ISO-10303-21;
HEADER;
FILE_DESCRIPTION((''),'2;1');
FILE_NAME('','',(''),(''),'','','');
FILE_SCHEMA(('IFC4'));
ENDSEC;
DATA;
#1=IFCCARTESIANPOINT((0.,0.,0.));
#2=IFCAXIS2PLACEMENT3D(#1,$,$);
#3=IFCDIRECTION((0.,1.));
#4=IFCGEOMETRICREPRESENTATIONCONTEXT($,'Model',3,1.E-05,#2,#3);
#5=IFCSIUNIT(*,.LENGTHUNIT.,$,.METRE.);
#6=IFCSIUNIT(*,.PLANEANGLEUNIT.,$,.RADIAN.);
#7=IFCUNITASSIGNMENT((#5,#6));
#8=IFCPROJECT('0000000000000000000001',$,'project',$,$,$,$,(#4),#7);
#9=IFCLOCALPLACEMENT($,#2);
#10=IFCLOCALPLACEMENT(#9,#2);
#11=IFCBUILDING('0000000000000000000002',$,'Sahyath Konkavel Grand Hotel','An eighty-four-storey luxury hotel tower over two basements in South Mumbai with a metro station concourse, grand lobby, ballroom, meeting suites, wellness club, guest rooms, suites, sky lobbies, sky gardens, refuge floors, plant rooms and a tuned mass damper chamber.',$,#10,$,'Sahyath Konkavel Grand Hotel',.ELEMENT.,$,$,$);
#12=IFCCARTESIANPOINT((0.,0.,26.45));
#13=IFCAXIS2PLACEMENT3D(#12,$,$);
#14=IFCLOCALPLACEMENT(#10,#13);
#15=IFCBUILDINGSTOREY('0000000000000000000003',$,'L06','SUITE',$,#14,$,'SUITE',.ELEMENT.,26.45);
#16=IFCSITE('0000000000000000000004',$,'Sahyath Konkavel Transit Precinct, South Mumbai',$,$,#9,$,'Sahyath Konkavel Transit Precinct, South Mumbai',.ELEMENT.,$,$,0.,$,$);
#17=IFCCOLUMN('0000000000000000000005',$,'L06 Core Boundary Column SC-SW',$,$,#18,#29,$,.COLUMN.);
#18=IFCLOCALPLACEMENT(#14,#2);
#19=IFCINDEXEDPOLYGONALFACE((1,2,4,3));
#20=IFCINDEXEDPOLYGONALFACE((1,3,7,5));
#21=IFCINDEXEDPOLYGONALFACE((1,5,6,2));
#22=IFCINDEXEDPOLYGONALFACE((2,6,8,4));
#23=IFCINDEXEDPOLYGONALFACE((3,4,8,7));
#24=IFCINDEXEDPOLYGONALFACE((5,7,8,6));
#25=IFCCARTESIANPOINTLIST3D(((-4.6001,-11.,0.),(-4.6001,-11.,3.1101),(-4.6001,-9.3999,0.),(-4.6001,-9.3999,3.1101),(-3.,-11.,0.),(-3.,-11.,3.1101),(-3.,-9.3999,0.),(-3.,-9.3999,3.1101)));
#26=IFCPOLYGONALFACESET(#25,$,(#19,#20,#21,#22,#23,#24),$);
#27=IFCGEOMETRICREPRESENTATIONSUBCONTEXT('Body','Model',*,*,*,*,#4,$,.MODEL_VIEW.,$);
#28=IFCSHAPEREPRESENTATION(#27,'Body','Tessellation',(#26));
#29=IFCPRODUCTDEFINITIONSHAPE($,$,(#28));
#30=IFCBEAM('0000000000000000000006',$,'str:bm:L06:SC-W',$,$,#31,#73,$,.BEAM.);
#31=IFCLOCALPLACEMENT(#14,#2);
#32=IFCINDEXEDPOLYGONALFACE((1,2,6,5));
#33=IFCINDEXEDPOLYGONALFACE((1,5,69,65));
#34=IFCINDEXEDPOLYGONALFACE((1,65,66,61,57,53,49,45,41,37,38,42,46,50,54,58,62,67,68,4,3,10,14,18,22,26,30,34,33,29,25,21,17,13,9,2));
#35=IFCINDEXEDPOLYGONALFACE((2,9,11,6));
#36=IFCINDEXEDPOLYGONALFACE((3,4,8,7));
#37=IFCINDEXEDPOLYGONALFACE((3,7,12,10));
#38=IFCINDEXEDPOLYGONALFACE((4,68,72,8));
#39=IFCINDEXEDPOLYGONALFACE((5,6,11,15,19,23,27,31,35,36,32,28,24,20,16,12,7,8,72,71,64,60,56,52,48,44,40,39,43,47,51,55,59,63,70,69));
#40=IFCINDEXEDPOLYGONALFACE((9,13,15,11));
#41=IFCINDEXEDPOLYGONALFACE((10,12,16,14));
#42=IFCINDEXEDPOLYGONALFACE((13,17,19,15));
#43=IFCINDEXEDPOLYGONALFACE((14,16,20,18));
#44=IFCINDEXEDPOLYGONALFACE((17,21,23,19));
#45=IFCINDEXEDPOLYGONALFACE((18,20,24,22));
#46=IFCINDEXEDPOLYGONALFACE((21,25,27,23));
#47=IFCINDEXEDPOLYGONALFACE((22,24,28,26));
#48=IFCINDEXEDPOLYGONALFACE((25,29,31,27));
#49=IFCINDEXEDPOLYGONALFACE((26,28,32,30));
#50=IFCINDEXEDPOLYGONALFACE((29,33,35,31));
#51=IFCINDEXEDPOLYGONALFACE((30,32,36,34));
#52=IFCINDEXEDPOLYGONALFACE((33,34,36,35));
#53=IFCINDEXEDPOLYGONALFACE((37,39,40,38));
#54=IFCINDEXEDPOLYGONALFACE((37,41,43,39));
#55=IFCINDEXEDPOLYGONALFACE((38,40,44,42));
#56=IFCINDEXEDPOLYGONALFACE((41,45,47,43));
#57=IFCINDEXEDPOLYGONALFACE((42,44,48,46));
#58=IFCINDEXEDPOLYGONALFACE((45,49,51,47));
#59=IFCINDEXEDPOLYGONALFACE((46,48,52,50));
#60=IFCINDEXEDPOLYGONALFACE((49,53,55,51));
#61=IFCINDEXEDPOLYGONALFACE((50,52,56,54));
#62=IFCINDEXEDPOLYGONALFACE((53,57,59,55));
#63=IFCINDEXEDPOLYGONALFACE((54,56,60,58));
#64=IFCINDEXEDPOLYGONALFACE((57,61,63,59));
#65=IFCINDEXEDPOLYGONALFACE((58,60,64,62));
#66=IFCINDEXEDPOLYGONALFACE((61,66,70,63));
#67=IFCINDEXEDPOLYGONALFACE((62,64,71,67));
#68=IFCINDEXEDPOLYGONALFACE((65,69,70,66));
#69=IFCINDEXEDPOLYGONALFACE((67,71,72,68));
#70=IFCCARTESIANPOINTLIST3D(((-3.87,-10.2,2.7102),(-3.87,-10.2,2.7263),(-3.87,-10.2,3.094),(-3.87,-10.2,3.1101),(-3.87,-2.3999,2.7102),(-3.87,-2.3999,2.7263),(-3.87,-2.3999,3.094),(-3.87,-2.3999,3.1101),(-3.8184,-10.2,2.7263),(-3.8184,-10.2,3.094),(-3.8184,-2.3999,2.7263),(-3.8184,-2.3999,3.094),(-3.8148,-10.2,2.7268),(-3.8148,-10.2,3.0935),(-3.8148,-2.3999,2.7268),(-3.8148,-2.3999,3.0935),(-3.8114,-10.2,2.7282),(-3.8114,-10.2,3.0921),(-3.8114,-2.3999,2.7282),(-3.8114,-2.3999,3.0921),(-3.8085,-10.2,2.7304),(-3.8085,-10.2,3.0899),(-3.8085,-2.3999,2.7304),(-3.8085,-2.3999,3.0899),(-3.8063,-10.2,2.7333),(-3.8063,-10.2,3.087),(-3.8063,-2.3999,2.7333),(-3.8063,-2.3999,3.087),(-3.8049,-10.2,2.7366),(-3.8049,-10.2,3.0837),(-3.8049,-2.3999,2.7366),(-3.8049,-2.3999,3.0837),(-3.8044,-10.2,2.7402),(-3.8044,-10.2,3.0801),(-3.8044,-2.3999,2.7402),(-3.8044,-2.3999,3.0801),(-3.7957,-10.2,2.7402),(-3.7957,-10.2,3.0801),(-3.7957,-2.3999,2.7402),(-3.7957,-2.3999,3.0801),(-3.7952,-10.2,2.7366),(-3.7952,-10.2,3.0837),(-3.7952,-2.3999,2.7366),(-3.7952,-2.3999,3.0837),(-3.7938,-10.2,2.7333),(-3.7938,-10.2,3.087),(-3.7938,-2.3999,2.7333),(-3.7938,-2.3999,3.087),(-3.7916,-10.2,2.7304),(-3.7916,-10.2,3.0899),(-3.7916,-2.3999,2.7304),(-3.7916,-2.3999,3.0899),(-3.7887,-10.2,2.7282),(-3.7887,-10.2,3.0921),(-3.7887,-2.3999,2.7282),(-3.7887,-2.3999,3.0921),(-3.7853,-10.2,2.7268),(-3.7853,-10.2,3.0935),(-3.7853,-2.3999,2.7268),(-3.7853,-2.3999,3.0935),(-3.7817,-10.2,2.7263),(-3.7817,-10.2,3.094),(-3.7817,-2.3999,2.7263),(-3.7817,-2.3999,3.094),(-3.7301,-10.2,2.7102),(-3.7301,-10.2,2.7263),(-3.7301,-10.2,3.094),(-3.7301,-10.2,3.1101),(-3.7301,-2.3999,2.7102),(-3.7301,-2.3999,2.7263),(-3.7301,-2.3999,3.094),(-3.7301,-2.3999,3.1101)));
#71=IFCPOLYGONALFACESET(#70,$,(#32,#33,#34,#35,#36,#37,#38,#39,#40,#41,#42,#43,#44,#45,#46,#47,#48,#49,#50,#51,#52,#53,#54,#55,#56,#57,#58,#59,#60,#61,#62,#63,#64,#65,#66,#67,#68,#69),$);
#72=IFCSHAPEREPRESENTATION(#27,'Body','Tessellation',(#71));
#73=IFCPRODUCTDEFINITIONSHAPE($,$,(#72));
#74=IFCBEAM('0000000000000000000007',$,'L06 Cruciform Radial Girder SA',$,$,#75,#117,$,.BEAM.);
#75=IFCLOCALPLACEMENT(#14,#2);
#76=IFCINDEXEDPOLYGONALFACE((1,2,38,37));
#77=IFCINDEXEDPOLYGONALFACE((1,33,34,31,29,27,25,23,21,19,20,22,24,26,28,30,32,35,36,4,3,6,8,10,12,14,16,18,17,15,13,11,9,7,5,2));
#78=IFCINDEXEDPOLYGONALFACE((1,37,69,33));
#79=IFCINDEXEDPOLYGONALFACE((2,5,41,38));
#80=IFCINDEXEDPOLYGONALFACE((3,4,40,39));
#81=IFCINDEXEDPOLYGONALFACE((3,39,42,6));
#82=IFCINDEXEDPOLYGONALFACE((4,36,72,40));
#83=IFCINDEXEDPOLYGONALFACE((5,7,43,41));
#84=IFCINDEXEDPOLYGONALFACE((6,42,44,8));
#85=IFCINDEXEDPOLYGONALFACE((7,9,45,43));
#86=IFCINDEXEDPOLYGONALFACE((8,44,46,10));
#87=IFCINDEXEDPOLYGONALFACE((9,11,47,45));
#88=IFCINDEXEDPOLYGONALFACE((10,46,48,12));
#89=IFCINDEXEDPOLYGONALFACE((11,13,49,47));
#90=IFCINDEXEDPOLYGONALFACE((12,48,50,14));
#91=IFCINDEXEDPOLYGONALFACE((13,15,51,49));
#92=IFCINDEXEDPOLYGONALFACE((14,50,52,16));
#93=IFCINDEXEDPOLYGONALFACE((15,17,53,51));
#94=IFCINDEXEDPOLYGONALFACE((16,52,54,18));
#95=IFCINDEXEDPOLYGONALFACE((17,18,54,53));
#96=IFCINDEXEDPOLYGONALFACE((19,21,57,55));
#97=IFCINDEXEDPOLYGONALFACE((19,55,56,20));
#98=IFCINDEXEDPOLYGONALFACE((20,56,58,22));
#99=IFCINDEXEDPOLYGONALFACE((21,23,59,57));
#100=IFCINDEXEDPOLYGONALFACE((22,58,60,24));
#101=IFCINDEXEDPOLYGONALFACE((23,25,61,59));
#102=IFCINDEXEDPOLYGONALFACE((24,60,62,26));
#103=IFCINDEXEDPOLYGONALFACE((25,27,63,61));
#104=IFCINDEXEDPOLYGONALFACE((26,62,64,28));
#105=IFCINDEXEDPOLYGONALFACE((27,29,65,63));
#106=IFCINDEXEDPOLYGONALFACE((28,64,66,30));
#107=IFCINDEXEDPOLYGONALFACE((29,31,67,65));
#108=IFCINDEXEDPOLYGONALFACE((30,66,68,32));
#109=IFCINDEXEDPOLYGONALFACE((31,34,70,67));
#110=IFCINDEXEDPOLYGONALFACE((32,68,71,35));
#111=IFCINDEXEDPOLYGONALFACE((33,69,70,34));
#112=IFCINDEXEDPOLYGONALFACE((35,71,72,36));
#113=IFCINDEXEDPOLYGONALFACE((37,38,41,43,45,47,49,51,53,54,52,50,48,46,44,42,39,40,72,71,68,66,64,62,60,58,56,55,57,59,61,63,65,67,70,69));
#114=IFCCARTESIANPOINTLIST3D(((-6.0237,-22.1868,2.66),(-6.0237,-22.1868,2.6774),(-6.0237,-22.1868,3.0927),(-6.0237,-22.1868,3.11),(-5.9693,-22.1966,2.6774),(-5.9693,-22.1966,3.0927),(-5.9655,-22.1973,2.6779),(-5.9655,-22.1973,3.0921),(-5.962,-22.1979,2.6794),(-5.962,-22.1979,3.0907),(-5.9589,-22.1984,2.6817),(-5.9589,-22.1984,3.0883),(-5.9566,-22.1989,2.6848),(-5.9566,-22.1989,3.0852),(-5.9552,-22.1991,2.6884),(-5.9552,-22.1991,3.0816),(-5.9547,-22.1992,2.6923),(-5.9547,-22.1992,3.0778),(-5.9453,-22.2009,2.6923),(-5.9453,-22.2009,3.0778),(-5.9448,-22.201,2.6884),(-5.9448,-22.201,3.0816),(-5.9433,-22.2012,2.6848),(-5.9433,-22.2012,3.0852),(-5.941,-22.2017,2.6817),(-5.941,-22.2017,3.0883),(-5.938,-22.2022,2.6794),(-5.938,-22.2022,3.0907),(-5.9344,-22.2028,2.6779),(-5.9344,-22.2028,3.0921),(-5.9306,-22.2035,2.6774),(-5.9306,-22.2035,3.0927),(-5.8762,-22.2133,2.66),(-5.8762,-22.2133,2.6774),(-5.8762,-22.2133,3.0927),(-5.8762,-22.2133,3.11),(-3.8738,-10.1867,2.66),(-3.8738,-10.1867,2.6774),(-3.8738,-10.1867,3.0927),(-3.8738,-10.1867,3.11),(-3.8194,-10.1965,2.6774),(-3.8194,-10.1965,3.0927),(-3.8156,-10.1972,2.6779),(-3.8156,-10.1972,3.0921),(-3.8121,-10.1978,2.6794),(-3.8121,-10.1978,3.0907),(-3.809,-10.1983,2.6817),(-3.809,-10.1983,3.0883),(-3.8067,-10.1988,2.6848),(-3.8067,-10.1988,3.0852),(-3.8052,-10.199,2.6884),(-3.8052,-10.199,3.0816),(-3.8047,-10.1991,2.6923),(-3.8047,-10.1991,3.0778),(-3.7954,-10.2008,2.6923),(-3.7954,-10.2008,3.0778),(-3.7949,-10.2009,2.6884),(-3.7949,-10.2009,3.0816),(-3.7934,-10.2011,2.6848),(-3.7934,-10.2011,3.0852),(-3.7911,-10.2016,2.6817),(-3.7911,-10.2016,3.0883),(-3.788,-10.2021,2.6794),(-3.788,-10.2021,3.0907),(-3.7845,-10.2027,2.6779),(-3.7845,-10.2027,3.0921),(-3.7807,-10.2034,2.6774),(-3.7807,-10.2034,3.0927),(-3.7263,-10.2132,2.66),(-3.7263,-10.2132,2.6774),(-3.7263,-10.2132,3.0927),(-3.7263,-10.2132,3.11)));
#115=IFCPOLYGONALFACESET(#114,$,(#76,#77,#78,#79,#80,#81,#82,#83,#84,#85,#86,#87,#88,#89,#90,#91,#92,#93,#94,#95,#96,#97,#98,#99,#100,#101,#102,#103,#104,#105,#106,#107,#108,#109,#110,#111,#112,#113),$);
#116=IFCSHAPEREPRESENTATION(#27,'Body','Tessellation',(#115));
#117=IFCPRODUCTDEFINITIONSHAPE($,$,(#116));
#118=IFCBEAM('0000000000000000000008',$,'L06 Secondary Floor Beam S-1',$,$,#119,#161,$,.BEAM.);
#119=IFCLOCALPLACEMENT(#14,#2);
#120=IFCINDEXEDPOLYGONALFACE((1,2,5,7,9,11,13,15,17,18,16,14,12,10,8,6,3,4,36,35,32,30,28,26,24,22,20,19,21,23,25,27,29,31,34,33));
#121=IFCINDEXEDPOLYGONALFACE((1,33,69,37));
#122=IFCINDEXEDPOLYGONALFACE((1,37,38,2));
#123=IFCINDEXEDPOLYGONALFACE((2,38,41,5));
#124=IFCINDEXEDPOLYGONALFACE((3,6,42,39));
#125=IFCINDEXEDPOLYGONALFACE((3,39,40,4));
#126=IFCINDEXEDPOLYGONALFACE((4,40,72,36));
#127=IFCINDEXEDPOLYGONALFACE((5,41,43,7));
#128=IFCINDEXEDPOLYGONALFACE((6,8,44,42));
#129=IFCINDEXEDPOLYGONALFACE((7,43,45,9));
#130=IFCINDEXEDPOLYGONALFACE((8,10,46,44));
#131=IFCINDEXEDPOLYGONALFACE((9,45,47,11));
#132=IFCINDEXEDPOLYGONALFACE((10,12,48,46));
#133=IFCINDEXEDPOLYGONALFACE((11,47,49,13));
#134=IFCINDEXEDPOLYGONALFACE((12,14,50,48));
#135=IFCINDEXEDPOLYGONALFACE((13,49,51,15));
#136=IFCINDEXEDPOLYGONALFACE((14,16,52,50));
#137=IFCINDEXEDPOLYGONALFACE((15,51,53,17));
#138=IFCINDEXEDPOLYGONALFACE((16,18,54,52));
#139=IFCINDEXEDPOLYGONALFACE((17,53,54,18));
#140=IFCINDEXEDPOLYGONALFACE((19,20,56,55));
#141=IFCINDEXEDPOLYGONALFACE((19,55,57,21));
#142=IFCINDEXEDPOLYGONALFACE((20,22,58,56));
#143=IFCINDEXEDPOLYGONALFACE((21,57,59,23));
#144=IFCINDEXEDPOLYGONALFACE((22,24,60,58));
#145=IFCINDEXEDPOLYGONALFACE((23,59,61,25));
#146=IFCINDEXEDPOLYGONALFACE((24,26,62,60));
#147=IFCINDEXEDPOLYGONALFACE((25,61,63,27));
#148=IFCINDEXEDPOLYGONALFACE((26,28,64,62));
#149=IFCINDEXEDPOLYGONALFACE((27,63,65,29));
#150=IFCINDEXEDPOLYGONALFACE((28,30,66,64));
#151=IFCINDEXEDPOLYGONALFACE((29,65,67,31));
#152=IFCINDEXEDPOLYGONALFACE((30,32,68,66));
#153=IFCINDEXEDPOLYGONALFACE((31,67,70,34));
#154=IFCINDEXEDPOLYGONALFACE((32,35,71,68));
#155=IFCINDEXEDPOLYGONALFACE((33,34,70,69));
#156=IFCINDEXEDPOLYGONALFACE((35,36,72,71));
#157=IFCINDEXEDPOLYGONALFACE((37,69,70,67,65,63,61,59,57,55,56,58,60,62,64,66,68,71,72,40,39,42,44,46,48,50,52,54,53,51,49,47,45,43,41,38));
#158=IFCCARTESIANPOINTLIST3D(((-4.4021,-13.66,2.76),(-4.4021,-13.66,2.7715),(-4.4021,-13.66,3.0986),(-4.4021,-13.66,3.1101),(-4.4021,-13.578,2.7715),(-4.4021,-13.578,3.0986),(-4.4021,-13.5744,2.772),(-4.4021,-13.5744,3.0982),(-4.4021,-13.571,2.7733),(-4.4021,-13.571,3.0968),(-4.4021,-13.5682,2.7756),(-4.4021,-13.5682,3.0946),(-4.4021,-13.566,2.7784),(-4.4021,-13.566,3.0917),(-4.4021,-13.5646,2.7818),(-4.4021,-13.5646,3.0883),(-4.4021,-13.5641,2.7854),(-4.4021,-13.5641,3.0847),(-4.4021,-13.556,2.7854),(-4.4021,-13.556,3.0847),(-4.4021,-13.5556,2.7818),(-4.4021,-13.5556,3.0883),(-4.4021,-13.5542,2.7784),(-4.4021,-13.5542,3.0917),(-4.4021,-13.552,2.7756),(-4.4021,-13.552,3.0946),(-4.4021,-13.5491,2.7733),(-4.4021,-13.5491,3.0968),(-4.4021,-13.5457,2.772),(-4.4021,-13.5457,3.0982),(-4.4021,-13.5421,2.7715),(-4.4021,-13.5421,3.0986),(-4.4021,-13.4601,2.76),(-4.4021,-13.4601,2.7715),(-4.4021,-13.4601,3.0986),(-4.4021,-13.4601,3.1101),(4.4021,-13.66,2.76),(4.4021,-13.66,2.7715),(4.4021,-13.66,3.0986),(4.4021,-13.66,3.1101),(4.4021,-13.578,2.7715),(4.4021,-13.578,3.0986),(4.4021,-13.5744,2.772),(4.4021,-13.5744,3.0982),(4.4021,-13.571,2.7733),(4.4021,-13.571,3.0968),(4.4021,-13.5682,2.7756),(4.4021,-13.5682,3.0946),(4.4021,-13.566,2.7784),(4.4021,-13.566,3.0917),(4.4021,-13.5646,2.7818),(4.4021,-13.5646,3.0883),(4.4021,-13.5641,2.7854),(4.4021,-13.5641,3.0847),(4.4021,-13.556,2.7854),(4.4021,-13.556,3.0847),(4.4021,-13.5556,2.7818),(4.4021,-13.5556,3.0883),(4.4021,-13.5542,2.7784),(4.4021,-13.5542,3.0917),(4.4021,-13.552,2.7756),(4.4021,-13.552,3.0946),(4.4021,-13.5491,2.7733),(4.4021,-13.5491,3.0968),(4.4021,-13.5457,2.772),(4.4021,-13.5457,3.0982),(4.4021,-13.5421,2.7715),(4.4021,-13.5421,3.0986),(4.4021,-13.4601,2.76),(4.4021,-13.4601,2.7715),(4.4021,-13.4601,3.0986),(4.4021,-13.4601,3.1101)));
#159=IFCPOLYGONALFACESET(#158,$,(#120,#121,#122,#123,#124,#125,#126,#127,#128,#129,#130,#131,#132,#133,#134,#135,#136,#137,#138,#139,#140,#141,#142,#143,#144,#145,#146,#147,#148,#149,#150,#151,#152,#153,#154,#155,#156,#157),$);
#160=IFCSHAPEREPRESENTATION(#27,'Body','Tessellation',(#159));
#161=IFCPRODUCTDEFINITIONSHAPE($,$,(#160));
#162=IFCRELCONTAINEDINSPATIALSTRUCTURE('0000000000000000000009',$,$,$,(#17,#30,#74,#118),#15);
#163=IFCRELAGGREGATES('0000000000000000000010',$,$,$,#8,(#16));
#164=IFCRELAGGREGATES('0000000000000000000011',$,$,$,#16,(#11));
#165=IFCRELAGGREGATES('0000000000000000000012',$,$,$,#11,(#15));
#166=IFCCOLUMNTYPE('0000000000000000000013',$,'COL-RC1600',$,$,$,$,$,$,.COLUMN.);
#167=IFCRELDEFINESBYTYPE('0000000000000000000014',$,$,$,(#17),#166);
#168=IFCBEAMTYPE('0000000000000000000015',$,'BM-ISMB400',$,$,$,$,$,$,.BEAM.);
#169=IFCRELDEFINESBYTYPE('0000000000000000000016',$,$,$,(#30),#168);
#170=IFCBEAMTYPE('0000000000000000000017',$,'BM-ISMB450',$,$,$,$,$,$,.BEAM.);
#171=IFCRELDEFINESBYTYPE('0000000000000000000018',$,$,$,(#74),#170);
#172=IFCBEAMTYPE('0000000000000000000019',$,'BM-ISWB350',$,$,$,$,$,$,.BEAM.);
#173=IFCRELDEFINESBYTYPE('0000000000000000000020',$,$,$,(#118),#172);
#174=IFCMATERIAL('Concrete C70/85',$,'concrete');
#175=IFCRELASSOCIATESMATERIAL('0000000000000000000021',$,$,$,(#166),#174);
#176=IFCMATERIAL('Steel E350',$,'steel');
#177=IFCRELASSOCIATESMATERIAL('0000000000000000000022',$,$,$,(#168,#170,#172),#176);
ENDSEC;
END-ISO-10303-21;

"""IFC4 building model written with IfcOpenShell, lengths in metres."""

from ifc_helpers import new_model, si_unit, direction, frame, origin, origin_2d, place, context, subcontext, project, spatial, rectangle, i_section, extrude, source, transform, mapped, material, material_profile, profile_set, type_object, element, save


model = new_model("IFC4")

# Units and contexts
model_context = context("Model", 3, precision=1e-05, world=origin(), true_north=direction((0.0, 1.0)))
body_context = subcontext(model_context, "Body", "Model", "MODEL_VIEW")
ifc_project = project(units=[si_unit("LENGTHUNIT", "METRE"), si_unit("PLANEANGLEUNIT", "RADIAN")], contexts=[model_context])

# Site, building, storey
site_placement = place(None, origin())
site = spatial("IfcSite", under=ifc_project, at=site_placement, Name="Sahyath Konkavel Transit Precinct, South Mumbai", LongName="Sahyath Konkavel Transit Precinct, South Mumbai", CompositionType="ELEMENT", RefElevation=0.0)
building_placement = place(site_placement, origin())
building = spatial("IfcBuilding", under=site, at=building_placement, Name="Sahyath Konkavel Grand Hotel", Description="An eighty-four-storey luxury hotel tower over two basements in South Mumbai with a metro station concourse, grand lobby, ballroom, meeting suites, wellness club, guest rooms, suites, sky lobbies, sky gardens, refuge floors, plant rooms and a tuned mass damper chamber.", LongName="Sahyath Konkavel Grand Hotel", CompositionType="ELEMENT")
storey_placement = place(building_placement, frame((0.0, 0.0, 26.45)))
storey = spatial("IfcBuildingStorey", under=building, at=storey_placement, Name="L06", Description="SUITE", LongName="SUITE", CompositionType="ELEMENT", Elevation=26.45)

# Column
ifc_material_1 = material(Name="Concrete C70/85", Category="concrete")
ifc_material_profile_1 = material_profile(ifc_material_1, rectangle(XDim=1.6001, YDim=1.6001, at=origin_2d()), Name="RC 1600x1600")
ifc_profile_set_1 = profile_set([ifc_material_profile_1], Name="Concrete C70/85")
column_type = type_object("IfcColumnType", Name="COL-RC1600", PredefinedType="COLUMN", material=ifc_profile_set_1)
shared_shape_1 = source(origin(), body_context, "Body", "SweptSolid", [
    extrude(rectangle(XDim=1.6001, YDim=1.6001, at=origin_2d()), origin(), (0.0, 0.0, 1.0), 3.1101),
])
column_placement = place(storey_placement, frame((-3.8, -10.2, 0.0), z_axis=(0.0, 0.0, 1.0), x_axis=(1.0, 0.0, 0.0)))
element("IfcColumn", 1, at=column_placement, inside=storey, type_object=column_type, Name="L06 Core Boundary Column SC-SW", PredefinedType="COLUMN", context=body_context, shape_type="MappedRepresentation", body=[
    mapped(shared_shape_1, transform((0.0, 0.0, 0.0), scale=1.0)),
])

# Beams
ifc_material_2 = material(Name="Steel E350", Category="steel")
ifc_material_profile_2 = material_profile(ifc_material_2, i_section(OverallWidth=0.1399, OverallDepth=0.3999, WebThickness=0.0088, FlangeThickness=0.0161, FilletRadius=0.0139, at=origin_2d()), Name="ISMB 400")
ifc_profile_set_2 = profile_set([ifc_material_profile_2], Name="Steel E350")
beam_type_1 = type_object("IfcBeamType", Name="BM-ISMB400", PredefinedType="BEAM", material=ifc_profile_set_2)
shared_shape_2 = source(origin(), body_context, "Body", "SweptSolid", [
    extrude(i_section(OverallWidth=0.1399, OverallDepth=0.3999, WebThickness=0.0088, FlangeThickness=0.0161, FilletRadius=0.0139, at=origin_2d()), origin(), (0.0, 0.0, 1.0), 7.8),
])
beam_1_placement = place(storey_placement, frame((-3.8, -10.2, 2.9102), z_axis=(0.0, 1.0, 0.0), x_axis=(-1.0, 0.0, 0.0)))
element("IfcBeam", 2, at=beam_1_placement, inside=storey, type_object=beam_type_1, Name="str:bm:L06:SC-W", PredefinedType="BEAM", context=body_context, shape_type="MappedRepresentation", body=[
    mapped(shared_shape_2, transform((0.0, 0.0, 0.0), scale=1.0)),
])
ifc_material_profile_3 = material_profile(ifc_material_2, i_section(OverallWidth=0.1499, OverallDepth=0.45, WebThickness=0.0095, FlangeThickness=0.0173, FilletRadius=0.0149, at=origin_2d()), Name="ISMB 450")
ifc_profile_set_3 = profile_set([ifc_material_profile_3], Name="Steel E350")
beam_type_2 = type_object("IfcBeamType", Name="BM-ISMB450", PredefinedType="BEAM", material=ifc_profile_set_3)
shared_shape_3 = source(origin(), body_context, "Body", "SweptSolid", [
    extrude(i_section(OverallWidth=0.1499, OverallDepth=0.45, WebThickness=0.0095, FlangeThickness=0.0173, FilletRadius=0.0149, at=origin_2d()), origin(), (0.0, 0.0, 1.0), 12.1912),
])
beam_2_placement = place(storey_placement, frame((-3.8, -10.2, 2.885), z_axis=(-0.176351, -0.984327, 0.0), x_axis=(0.984327, -0.176351, 0.0)))
element("IfcBeam", 3, at=beam_2_placement, inside=storey, type_object=beam_type_2, Name="L06 Cruciform Radial Girder SA", PredefinedType="BEAM", context=body_context, shape_type="MappedRepresentation", body=[
    mapped(shared_shape_3, transform((0.0, 0.0, 0.0), scale=1.0)),
])
ifc_material_profile_4 = material_profile(ifc_material_2, i_section(OverallWidth=0.2, OverallDepth=0.3501, WebThickness=0.0081, FlangeThickness=0.0115, FilletRadius=0.0139, at=origin_2d()), Name="ISWB 350")
ifc_profile_set_4 = profile_set([ifc_material_profile_4], Name="Steel E350")
beam_type_3 = type_object("IfcBeamType", Name="BM-ISWB350", PredefinedType="BEAM", material=ifc_profile_set_4)
shared_shape_4 = source(origin(), body_context, "Body", "SweptSolid", [
    extrude(i_section(OverallWidth=0.2, OverallDepth=0.3501, WebThickness=0.0081, FlangeThickness=0.0115, FilletRadius=0.0139, at=origin_2d()), origin(), (0.0, 0.0, 1.0), 8.8042),
])
beam_3_placement = place(storey_placement, frame((-4.4021, -13.5601, 2.9351), z_axis=(1.0, 0.0, 0.0), x_axis=(0.0, 1.0, 0.0)))
element("IfcBeam", 4, at=beam_3_placement, inside=storey, type_object=beam_type_3, Name="L06 Secondary Floor Beam S-1", PredefinedType="BEAM", context=body_context, shape_type="MappedRepresentation", body=[
    mapped(shared_shape_4, transform((0.0, 0.0, 0.0), scale=1.0)),
])

save(model, "model.ifc")
